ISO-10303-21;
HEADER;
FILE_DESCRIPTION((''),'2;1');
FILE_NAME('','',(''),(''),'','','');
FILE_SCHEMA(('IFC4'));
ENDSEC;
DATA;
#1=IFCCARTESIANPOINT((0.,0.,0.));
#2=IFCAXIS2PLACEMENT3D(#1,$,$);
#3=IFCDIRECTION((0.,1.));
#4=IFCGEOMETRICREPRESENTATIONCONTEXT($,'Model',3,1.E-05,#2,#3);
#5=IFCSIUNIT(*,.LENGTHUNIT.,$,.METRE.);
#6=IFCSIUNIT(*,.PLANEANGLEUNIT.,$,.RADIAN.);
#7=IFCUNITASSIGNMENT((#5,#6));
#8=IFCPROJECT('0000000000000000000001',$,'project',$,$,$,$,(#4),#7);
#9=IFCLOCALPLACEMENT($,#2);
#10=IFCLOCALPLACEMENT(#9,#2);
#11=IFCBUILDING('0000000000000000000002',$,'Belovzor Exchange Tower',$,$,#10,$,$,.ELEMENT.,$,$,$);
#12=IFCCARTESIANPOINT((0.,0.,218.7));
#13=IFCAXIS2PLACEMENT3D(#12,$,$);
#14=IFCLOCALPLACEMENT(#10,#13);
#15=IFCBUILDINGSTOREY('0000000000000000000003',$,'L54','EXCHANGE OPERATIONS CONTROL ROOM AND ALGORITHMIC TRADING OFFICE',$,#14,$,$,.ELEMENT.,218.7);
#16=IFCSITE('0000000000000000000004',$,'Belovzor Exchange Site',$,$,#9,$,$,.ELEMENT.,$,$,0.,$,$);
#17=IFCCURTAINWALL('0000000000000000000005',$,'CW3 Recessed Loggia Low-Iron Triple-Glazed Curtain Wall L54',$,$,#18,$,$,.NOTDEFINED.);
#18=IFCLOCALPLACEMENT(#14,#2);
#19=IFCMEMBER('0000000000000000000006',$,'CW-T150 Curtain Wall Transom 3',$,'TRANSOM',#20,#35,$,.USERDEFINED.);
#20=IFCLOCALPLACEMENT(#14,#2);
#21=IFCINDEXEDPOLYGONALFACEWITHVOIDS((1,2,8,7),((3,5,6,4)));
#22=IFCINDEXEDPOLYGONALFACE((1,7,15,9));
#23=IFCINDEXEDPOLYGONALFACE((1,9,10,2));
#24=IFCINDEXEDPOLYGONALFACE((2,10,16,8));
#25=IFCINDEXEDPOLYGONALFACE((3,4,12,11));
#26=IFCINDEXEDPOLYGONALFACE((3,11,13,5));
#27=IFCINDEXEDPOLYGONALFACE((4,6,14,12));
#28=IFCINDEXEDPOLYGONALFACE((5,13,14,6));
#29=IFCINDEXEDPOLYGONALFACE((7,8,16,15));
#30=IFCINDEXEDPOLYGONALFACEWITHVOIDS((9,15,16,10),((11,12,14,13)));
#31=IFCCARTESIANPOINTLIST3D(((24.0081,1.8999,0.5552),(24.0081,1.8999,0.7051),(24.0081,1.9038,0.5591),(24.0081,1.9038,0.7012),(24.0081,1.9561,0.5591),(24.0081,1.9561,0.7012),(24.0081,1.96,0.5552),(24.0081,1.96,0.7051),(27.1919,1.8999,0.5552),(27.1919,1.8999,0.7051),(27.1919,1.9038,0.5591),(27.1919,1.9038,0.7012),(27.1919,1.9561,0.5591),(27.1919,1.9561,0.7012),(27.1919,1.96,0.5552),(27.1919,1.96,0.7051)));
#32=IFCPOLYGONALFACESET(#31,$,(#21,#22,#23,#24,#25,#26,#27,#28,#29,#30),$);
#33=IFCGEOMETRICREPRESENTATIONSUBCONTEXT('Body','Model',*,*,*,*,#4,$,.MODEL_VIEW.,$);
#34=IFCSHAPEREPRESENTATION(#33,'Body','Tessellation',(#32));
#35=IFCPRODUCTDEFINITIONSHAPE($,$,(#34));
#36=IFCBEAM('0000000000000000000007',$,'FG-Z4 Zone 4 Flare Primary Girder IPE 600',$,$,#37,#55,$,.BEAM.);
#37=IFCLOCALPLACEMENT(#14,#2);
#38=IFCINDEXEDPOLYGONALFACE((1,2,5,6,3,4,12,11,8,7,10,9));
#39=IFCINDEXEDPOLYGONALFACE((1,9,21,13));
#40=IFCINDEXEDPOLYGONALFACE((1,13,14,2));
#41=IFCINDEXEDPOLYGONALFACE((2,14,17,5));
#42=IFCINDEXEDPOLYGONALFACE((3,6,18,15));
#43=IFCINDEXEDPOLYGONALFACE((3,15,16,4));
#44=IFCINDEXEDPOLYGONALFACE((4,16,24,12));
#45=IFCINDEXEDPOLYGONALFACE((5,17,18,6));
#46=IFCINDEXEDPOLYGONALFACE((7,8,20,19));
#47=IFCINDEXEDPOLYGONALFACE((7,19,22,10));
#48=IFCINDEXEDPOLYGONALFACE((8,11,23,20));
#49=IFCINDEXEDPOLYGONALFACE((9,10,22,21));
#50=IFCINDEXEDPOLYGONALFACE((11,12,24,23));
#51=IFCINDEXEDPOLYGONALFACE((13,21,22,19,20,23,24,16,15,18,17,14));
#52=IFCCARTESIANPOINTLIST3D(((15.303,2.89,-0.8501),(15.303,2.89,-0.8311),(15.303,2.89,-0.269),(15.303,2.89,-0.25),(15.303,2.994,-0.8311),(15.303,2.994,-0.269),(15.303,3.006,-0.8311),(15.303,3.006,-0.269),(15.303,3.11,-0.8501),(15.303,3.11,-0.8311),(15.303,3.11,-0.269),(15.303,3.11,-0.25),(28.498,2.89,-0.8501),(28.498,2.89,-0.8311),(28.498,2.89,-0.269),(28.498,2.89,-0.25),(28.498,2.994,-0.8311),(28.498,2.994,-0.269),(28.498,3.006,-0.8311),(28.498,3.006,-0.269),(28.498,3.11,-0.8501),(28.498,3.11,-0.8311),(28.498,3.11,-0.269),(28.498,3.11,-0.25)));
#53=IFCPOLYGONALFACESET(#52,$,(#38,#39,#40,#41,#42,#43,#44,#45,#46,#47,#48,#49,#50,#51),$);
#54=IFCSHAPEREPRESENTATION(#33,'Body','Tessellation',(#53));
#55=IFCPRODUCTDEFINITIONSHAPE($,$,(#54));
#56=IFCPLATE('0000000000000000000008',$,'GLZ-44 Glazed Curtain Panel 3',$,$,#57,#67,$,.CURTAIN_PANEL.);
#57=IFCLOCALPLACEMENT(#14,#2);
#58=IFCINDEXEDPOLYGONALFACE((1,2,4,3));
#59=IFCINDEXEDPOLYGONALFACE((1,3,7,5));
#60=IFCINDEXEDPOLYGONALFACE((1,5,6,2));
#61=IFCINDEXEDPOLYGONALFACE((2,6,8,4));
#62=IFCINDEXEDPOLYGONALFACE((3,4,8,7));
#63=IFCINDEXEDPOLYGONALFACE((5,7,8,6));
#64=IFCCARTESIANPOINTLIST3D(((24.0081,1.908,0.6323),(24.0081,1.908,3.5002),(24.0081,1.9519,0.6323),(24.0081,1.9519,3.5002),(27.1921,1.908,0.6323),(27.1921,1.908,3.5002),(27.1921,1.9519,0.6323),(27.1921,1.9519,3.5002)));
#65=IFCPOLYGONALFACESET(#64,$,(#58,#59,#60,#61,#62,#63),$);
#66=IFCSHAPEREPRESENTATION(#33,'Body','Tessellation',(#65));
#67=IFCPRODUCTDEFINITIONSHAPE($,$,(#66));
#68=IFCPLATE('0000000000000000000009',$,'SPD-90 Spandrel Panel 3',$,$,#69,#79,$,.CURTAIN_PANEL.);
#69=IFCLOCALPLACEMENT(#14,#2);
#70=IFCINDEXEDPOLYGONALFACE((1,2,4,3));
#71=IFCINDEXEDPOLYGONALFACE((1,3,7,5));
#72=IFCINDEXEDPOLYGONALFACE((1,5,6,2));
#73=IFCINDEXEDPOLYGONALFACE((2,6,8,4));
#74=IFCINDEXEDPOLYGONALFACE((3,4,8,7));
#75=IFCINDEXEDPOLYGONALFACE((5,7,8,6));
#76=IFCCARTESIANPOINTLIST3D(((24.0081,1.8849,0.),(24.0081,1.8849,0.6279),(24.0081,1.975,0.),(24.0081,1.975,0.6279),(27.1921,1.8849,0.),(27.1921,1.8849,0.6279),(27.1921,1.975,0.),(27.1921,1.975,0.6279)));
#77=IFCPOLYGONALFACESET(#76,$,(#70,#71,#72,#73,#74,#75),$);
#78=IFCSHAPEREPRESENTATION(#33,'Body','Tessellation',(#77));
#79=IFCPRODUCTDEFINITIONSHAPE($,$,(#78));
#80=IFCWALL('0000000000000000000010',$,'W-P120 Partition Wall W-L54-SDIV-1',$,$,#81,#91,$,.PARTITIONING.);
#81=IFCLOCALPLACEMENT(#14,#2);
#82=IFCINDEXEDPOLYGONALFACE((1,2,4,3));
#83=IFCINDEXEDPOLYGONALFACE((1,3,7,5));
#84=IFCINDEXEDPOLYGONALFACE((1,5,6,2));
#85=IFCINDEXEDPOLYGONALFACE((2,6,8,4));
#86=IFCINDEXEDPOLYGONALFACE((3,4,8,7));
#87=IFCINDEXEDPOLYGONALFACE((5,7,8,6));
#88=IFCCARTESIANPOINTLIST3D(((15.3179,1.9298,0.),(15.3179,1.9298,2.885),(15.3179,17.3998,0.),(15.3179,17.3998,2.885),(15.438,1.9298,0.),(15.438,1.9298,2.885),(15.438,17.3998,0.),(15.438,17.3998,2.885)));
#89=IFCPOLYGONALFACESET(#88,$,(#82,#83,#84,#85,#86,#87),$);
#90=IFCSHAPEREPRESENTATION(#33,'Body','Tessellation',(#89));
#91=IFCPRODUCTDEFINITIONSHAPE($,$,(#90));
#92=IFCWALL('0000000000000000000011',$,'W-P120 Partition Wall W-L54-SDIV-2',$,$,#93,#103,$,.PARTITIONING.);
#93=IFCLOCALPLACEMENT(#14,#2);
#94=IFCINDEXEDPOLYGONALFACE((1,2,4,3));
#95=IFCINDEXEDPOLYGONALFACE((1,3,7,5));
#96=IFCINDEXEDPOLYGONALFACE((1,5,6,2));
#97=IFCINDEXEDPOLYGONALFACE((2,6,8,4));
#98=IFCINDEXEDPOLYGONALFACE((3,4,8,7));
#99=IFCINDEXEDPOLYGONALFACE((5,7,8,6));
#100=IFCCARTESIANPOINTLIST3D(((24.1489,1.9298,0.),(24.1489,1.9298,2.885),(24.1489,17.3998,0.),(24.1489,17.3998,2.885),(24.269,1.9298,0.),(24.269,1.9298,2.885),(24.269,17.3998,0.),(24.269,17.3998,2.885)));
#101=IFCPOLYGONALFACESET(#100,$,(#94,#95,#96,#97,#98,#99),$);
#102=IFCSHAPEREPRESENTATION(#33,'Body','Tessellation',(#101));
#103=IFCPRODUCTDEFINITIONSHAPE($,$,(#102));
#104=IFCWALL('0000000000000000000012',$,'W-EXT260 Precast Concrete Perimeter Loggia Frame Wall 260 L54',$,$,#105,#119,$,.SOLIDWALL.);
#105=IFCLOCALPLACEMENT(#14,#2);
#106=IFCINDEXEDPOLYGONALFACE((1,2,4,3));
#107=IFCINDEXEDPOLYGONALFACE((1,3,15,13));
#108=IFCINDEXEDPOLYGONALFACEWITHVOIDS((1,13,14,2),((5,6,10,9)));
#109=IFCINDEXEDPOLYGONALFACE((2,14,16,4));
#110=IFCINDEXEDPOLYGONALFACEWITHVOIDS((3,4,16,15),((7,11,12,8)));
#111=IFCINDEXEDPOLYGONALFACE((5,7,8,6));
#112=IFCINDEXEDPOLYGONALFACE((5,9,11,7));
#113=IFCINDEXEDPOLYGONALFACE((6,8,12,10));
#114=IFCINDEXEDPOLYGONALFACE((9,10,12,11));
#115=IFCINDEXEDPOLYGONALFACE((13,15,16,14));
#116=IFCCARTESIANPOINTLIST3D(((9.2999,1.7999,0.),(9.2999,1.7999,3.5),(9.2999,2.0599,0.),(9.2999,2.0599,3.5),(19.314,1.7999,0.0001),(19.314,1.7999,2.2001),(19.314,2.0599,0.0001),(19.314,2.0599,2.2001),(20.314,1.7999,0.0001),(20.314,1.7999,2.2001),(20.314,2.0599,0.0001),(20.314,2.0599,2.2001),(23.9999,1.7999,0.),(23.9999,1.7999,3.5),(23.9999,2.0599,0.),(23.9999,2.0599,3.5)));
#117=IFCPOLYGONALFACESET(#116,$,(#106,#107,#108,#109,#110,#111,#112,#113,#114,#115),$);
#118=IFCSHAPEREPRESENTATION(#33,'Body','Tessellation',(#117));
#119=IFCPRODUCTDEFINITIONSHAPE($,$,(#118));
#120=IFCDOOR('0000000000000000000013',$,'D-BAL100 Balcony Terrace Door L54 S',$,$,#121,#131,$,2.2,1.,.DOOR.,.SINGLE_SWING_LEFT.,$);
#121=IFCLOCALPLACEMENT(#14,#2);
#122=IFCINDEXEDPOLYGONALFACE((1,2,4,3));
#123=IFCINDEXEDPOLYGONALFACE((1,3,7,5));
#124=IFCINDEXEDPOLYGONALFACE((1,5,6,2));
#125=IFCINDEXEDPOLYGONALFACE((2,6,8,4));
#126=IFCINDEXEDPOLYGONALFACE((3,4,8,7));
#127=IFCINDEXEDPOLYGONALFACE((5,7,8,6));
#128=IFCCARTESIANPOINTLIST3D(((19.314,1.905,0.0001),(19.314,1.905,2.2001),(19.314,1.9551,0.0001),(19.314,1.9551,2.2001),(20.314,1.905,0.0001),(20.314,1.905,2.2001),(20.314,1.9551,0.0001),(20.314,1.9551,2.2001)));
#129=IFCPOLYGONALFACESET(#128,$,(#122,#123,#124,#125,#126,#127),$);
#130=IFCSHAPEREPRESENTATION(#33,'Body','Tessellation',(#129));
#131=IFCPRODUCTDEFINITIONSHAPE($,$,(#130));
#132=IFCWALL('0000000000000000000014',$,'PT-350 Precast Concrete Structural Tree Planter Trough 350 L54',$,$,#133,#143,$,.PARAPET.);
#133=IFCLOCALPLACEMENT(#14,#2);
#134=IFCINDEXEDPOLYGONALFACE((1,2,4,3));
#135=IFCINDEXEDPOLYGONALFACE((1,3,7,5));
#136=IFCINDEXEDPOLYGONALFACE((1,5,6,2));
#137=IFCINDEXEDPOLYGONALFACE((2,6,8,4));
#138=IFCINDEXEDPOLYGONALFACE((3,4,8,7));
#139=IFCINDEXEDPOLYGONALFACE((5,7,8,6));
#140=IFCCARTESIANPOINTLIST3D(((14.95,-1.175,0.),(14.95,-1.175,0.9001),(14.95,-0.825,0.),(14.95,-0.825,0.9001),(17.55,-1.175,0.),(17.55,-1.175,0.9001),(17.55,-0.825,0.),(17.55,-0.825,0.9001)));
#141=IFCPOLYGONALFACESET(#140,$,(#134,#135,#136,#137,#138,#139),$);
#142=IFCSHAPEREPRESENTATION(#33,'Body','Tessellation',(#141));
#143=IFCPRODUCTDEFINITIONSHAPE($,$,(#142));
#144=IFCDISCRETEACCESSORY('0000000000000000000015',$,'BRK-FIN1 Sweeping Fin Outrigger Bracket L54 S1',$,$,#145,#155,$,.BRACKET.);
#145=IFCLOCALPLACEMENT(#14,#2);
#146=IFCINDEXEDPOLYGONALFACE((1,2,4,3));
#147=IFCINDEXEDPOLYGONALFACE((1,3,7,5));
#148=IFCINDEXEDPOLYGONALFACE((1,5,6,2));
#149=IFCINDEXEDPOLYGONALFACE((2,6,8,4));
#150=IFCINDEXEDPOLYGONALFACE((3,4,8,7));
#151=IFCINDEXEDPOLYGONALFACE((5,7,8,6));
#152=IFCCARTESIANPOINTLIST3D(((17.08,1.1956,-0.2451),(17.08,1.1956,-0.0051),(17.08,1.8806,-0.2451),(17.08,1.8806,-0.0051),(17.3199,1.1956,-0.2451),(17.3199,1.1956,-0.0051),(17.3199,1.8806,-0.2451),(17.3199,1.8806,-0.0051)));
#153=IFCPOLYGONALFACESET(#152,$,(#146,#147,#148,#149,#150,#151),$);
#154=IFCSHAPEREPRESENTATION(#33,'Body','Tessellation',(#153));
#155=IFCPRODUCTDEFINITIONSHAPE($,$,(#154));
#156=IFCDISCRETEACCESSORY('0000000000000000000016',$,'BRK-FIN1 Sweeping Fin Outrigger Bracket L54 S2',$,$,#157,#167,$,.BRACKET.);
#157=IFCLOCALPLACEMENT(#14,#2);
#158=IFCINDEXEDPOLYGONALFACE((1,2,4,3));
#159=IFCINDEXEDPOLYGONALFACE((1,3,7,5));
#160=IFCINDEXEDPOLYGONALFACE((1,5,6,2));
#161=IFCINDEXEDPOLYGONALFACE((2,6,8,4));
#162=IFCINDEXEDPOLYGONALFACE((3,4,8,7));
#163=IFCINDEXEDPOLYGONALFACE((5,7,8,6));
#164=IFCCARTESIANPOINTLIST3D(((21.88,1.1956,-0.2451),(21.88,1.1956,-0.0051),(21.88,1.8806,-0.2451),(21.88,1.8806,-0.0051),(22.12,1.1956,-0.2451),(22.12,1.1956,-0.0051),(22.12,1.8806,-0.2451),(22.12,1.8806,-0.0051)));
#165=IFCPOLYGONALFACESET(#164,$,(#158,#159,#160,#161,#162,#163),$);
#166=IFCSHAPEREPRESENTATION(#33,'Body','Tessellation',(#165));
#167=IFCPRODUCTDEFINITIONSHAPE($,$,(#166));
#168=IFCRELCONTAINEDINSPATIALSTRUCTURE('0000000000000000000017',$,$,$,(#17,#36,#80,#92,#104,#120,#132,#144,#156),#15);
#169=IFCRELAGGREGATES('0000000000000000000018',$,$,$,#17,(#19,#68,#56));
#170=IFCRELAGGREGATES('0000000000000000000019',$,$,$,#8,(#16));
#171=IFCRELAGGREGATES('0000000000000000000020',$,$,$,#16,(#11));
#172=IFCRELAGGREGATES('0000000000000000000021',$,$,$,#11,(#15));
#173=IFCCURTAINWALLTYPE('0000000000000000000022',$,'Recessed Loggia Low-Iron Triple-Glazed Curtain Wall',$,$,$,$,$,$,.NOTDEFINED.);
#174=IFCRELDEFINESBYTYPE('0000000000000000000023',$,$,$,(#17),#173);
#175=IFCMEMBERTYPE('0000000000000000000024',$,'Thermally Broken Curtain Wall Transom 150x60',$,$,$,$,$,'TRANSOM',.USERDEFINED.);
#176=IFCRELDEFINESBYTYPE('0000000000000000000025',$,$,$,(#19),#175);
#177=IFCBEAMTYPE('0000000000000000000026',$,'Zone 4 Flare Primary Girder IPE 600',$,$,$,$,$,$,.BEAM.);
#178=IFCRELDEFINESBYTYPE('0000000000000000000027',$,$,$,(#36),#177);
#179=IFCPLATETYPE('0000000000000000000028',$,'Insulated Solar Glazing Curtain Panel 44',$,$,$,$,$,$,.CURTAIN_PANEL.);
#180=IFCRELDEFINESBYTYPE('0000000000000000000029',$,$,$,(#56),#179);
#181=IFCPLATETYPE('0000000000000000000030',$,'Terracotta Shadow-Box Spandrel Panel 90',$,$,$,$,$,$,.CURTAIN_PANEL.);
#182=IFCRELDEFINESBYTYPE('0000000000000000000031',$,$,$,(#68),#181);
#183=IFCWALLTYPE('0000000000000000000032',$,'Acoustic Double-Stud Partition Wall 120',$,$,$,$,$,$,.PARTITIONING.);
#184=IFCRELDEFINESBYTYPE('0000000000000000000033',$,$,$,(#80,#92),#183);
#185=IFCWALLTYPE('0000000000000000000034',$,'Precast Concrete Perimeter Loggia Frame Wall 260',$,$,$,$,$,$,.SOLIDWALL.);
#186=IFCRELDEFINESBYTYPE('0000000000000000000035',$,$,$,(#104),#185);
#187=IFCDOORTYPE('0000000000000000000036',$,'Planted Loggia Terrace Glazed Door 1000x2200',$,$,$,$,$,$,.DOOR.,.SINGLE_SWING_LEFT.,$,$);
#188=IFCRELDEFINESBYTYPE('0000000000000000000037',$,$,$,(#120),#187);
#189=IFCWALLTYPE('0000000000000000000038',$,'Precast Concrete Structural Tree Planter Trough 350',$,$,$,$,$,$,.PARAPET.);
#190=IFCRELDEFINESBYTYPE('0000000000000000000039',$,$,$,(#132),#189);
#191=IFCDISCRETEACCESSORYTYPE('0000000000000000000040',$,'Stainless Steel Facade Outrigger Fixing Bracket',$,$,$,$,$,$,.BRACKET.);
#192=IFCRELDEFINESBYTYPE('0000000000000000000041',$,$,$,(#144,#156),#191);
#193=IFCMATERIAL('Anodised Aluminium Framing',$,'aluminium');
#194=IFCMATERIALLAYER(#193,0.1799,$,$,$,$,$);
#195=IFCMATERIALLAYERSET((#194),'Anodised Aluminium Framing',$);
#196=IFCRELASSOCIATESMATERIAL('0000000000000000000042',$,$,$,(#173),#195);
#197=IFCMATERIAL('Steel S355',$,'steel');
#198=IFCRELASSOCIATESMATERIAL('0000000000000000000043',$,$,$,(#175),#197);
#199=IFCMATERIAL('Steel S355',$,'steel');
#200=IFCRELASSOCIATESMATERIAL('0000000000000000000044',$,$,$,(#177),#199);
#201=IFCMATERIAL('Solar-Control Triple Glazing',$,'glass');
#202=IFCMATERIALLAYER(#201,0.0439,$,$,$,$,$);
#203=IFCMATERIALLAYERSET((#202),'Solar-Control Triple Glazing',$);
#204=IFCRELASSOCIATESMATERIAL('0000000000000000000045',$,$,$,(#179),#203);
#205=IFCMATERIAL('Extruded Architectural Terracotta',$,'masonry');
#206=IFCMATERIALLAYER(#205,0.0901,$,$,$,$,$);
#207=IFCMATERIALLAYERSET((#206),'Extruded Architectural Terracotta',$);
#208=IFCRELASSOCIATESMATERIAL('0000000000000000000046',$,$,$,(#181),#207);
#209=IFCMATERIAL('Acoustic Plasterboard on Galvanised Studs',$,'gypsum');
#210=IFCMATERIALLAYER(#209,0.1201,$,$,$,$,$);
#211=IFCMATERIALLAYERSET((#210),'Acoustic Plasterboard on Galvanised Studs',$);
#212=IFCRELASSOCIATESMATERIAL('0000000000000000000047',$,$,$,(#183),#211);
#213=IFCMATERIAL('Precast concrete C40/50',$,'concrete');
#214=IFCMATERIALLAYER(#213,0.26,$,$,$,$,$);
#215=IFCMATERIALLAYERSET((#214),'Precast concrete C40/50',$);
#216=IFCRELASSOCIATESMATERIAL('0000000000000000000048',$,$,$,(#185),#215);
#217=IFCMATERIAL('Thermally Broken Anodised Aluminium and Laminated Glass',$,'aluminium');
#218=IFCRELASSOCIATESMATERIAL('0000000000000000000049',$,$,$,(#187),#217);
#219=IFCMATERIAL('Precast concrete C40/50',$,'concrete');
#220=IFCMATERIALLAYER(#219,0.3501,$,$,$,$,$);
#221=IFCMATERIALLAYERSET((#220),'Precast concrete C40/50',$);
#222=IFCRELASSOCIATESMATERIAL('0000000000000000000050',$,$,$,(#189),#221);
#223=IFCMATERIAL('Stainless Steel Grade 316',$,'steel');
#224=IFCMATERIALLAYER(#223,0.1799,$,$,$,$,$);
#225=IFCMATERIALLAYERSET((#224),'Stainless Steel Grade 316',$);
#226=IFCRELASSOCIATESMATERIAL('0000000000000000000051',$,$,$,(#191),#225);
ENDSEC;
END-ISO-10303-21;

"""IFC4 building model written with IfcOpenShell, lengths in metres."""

from ifc_helpers import new_model, si_unit, direction, frame, frame_2d, origin, origin_2d, place, context, subcontext, project, spatial, rectangle, hollow_rectangle, i_section, extrude, material, layer, layer_set, material_profile, profile_set, type_object, element, fill, aggregate, save


model = new_model("IFC4")

# Units and contexts
model_context = context("Model", 3, precision=1e-05, world=origin(), true_north=direction((0.0, 1.0)))
body_context = subcontext(model_context, "Body", "Model", "MODEL_VIEW")
ifc_project = project(units=[si_unit("LENGTHUNIT", "METRE"), si_unit("PLANEANGLEUNIT", "RADIAN")], contexts=[model_context])

# Site, building, storey
site_placement = place(None, origin())
site = spatial("IfcSite", under=ifc_project, at=site_placement, Name="Belovzor Exchange Site", CompositionType="ELEMENT", RefElevation=0.0)
building_placement = place(site_placement, origin())
building = spatial("IfcBuilding", under=site, at=building_placement, Name="Belovzor Exchange Tower", CompositionType="ELEMENT")
storey_placement = place(building_placement, frame((0.0, 0.0, 218.7)))
storey = spatial("IfcBuildingStorey", under=building, at=storey_placement, Name="L54", Description="EXCHANGE OPERATIONS CONTROL ROOM AND ALGORITHMIC TRADING OFFICE", CompositionType="ELEMENT", Elevation=218.7)

# Curtain wall, member
ifc_material_1 = material(Name="Anodised Aluminium Framing", Category="aluminium")
ifc_layer_1 = layer(ifc_material_1, 0.1799)
ifc_layer_set_1 = layer_set([ifc_layer_1], Name="Anodised Aluminium Framing")
curtain_wall_type = type_object("IfcCurtainWallType", Name="Recessed Loggia Low-Iron Triple-Glazed Curtain Wall", PredefinedType="NOTDEFINED", material=ifc_layer_set_1)
curtain_wall_placement = place(storey_placement, origin())
curtain_wall = element("IfcCurtainWall", 1, at=curtain_wall_placement, inside=storey, type_object=curtain_wall_type, Name="CW3 Recessed Loggia Low-Iron Triple-Glazed Curtain Wall L54", PredefinedType="NOTDEFINED")
ifc_material_2 = material(Name="Steel S355", Category="steel")
ifc_material_profile_1 = material_profile(ifc_material_2, hollow_rectangle(XDim=0.0601, YDim=0.1499, WallThickness=0.0039, at=origin_2d()))
ifc_profile_set_1 = profile_set([ifc_material_profile_1], Name="Steel S355")
member_type_1 = type_object("IfcMemberType", Name="Thermally Broken Curtain Wall Transom 150x60", ElementType="TRANSOM", PredefinedType="USERDEFINED", material=ifc_profile_set_1)
member_1_placement = place(storey_placement, frame((27.1919, 1.9299, 0.6301), z_axis=(-1.0, 0.0, 0.0), x_axis=(0.0, -1.0, 0.0)))
member_1 = element("IfcMember", 2, at=member_1_placement, type_object=member_type_1, Name="CW-T150 Curtain Wall Transom 3", ObjectType="TRANSOM", PredefinedType="USERDEFINED", context=body_context, shape_type="SweptSolid", body=[
    extrude(hollow_rectangle(XDim=0.0601, YDim=0.1499, WallThickness=0.0039, at=origin_2d()), origin(), (0.0, 0.0, 1.0), 3.1838),
])

# Beam
ifc_material_3 = material(Name="Steel S355", Category="steel")
ifc_material_profile_2 = material_profile(ifc_material_3, i_section(OverallWidth=0.22, OverallDepth=0.6001, WebThickness=0.012, FlangeThickness=0.019, at=origin_2d()))
ifc_profile_set_2 = profile_set([ifc_material_profile_2], Name="Steel S355")
beam_type_1 = type_object("IfcBeamType", Name="Zone 4 Flare Primary Girder IPE 600", PredefinedType="BEAM", material=ifc_profile_set_2)
beam_1_placement = place(storey_placement, frame((15.303, 3.0, -0.55), z_axis=(1.0, 0.0, 0.0), x_axis=(0.0, 1.0, 0.0)))
element("IfcBeam", 3, at=beam_1_placement, inside=storey, type_object=beam_type_1, Name="FG-Z4 Zone 4 Flare Primary Girder IPE 600", PredefinedType="BEAM", context=body_context, shape_type="SweptSolid", body=[
    extrude(i_section(OverallWidth=0.22, OverallDepth=0.6001, WebThickness=0.012, FlangeThickness=0.019, at=origin_2d()), origin(), (0.0, 0.0, 1.0), 13.1951),
])

# Plates
ifc_material_4 = material(Name="Solar-Control Triple Glazing", Category="glass")
ifc_layer_2 = layer(ifc_material_4, 0.0439)
ifc_layer_set_2 = layer_set([ifc_layer_2], Name="Solar-Control Triple Glazing")
plate_type_1 = type_object("IfcPlateType", Name="Insulated Solar Glazing Curtain Panel 44", PredefinedType="CURTAIN_PANEL", material=ifc_layer_set_2)
plate_1_placement = place(storey_placement, frame((25.6001, 1.9299, 0.6323), z_axis=(0.0, 0.0, 1.0), x_axis=(-1.0, 0.0, 0.0)))
plate_1 = element("IfcPlate", 4, at=plate_1_placement, type_object=plate_type_1, Name="GLZ-44 Glazed Curtain Panel 3", PredefinedType="CURTAIN_PANEL", context=body_context, shape_type="SweptSolid", body=[
    extrude(rectangle(XDim=3.1841, YDim=0.0439, at=origin_2d()), origin(), (0.0, 0.0, 1.0), 2.8679),
])
ifc_material_5 = material(Name="Extruded Architectural Terracotta", Category="masonry")
ifc_layer_3 = layer(ifc_material_5, 0.0901)
ifc_layer_set_3 = layer_set([ifc_layer_3], Name="Extruded Architectural Terracotta")
plate_type_2 = type_object("IfcPlateType", Name="Terracotta Shadow-Box Spandrel Panel 90", PredefinedType="CURTAIN_PANEL", material=ifc_layer_set_3)
plate_2_placement = place(storey_placement, frame((25.6001, 1.9299, 0.0), z_axis=(0.0, 0.0, 1.0), x_axis=(-1.0, 0.0, 0.0)))
plate_2 = element("IfcPlate", 5, at=plate_2_placement, type_object=plate_type_2, Name="SPD-90 Spandrel Panel 3", PredefinedType="CURTAIN_PANEL", context=body_context, shape_type="SweptSolid", body=[
    extrude(rectangle(XDim=3.1841, YDim=0.0901, at=origin_2d()), origin(), (0.0, 0.0, 1.0), 0.6279),
])
aggregate(curtain_wall, [member_1, plate_2, plate_1])

# Walls
ifc_material_6 = material(Name="Acoustic Plasterboard on Galvanised Studs", Category="gypsum")
ifc_layer_4 = layer(ifc_material_6, 0.1201)
ifc_layer_set_4 = layer_set([ifc_layer_4], Name="Acoustic Plasterboard on Galvanised Studs")
wall_type_1 = type_object("IfcWallType", Name="Acoustic Double-Stud Partition Wall 120", PredefinedType="PARTITIONING", material=ifc_layer_set_4)
for number, where, z_axis, x_axis, name in (
    (6, (15.3779, 1.9299, 0.0), (0.0, 0.0, 1.0), (0.0, 1.0, 0.0), "W-P120 Partition Wall W-L54-SDIV-1"),
    (7, (24.209, 1.9299, 0.0), (0.0, 0.0, 1.0), (0.0, 1.0, 0.0), "W-P120 Partition Wall W-L54-SDIV-2"),
):
    element("IfcWall", number, at=place(storey_placement, frame(where, z_axis=z_axis, x_axis=x_axis)), inside=storey, type_object=wall_type_1, Name=name, PredefinedType="PARTITIONING", context=body_context, shape_type="SweptSolid", body=[
        extrude(rectangle(XDim=15.47, YDim=0.1201, at=frame_2d((7.7349, 0.0))), origin(), (0.0, 0.0, 1.0), 2.885),
    ])

# Wall, opening, door
ifc_material_7 = material(Name="Precast concrete C40/50", Category="concrete")
ifc_layer_5 = layer(ifc_material_7, 0.26)
ifc_layer_set_5 = layer_set([ifc_layer_5], Name="Precast concrete C40/50")
wall_type_2 = type_object("IfcWallType", Name="Precast Concrete Perimeter Loggia Frame Wall 260", PredefinedType="SOLIDWALL", material=ifc_layer_set_5)
wall_1_placement = place(storey_placement, frame((24.0, 1.9299, 0.0), z_axis=(0.0, 0.0, 1.0), x_axis=(-1.0, 0.0, 0.0)))
wall_1 = element("IfcWall", 8, at=wall_1_placement, inside=storey, type_object=wall_type_2, Name="W-EXT260 Precast Concrete Perimeter Loggia Frame Wall 260 L54", PredefinedType="SOLIDWALL", context=body_context, shape_type="SweptSolid", body=[
    extrude(rectangle(XDim=14.7, YDim=0.26, at=frame_2d((7.3501, 0.0))), origin(), (0.0, 0.0, 1.0), 3.5),
])
opening_placement = place(wall_1_placement, frame((3.686, 0.0, 0.0)))
opening = element("IfcOpeningElement", 9, at=opening_placement, cuts=wall_1, PredefinedType="OPENING", context=body_context, shape_type="SweptSolid", body=[
    extrude(rectangle(XDim=1.0, YDim=2.2, at=frame_2d((0.5, 1.1001))), frame((0.0, 0.1399, 0.0), z_axis=(0.0, -1.0, 0.0), x_axis=(1.0, 0.0, 0.0)), (0.0, 0.0, 1.0), 0.28),
])
ifc_material_8 = material(Name="Thermally Broken Anodised Aluminium and Laminated Glass", Category="aluminium")
door_type = type_object("IfcDoorType", Name="Planted Loggia Terrace Glazed Door 1000x2200", OperationType="SINGLE_SWING_LEFT", PredefinedType="DOOR", material=ifc_material_8)
door_placement = place(opening_placement, origin())
door = element("IfcDoor", 10, at=door_placement, inside=storey, type_object=door_type, Name="D-BAL100 Balcony Terrace Door L54 S", OperationType="SINGLE_SWING_LEFT", OverallHeight=2.2, OverallWidth=1.0, PredefinedType="DOOR", context=body_context, shape_type="SweptSolid", body=[
    extrude(rectangle(XDim=1.0, YDim=2.2, at=frame_2d((0.5, 1.1001))), frame((0.0, 0.0249, 0.0), z_axis=(0.0, -1.0, 0.0), x_axis=(1.0, 0.0, 0.0)), (0.0, 0.0, 1.0), 0.05),
])
fill(opening, door)

# Wall
ifc_material_9 = material(Name="Precast concrete C40/50", Category="concrete")
ifc_layer_6 = layer(ifc_material_9, 0.3501)
ifc_layer_set_6 = layer_set([ifc_layer_6], Name="Precast concrete C40/50")
wall_type_3 = type_object("IfcWallType", Name="Precast Concrete Structural Tree Planter Trough 350", PredefinedType="PARAPET", material=ifc_layer_set_6)
wall_2_placement = place(storey_placement, frame((14.95, -1.0, 0.0), z_axis=(0.0, 0.0, 1.0), x_axis=(1.0, 0.0, 0.0)))
element("IfcWall", 11, at=wall_2_placement, inside=storey, type_object=wall_type_3, Name="PT-350 Precast Concrete Structural Tree Planter Trough 350 L54", PredefinedType="PARAPET", context=body_context, shape_type="SweptSolid", body=[
    extrude(rectangle(XDim=2.6001, YDim=0.3501, at=frame_2d((1.3, 0.0))), origin(), (0.0, 0.0, 1.0), 0.9001),
])

# Discrete accessories
ifc_material_10 = material(Name="Stainless Steel Grade 316", Category="steel")
ifc_layer_7 = layer(ifc_material_10, 0.1799)
ifc_layer_set_7 = layer_set([ifc_layer_7], Name="Stainless Steel Grade 316")
discrete_accessory_type = type_object("IfcDiscreteAccessoryType", Name="Stainless Steel Facade Outrigger Fixing Bracket", PredefinedType="BRACKET", material=ifc_layer_set_7)
for number, where, z_axis, x_axis, name in (
    (12, (17.2, 1.5381, -0.2451), (0.0, 0.0, 1.0), (0.0, 1.0, 0.0), "BRK-FIN1 Sweeping Fin Outrigger Bracket L54 S1"),
    (13, (22.0, 1.5381, -0.2451), (0.0, 0.0, 1.0), (0.0, 1.0, 0.0), "BRK-FIN1 Sweeping Fin Outrigger Bracket L54 S2"),
):
    element("IfcDiscreteAccessory", number, at=place(storey_placement, frame(where, z_axis=z_axis, x_axis=x_axis)), inside=storey, type_object=discrete_accessory_type, Name=name, PredefinedType="BRACKET", context=body_context, shape_type="SweptSolid", body=[
        extrude(rectangle(XDim=0.6851, YDim=0.24, at=origin_2d()), origin(), (0.0, 0.0, 1.0), 0.24),
    ])

save(model, "model.ifc")
